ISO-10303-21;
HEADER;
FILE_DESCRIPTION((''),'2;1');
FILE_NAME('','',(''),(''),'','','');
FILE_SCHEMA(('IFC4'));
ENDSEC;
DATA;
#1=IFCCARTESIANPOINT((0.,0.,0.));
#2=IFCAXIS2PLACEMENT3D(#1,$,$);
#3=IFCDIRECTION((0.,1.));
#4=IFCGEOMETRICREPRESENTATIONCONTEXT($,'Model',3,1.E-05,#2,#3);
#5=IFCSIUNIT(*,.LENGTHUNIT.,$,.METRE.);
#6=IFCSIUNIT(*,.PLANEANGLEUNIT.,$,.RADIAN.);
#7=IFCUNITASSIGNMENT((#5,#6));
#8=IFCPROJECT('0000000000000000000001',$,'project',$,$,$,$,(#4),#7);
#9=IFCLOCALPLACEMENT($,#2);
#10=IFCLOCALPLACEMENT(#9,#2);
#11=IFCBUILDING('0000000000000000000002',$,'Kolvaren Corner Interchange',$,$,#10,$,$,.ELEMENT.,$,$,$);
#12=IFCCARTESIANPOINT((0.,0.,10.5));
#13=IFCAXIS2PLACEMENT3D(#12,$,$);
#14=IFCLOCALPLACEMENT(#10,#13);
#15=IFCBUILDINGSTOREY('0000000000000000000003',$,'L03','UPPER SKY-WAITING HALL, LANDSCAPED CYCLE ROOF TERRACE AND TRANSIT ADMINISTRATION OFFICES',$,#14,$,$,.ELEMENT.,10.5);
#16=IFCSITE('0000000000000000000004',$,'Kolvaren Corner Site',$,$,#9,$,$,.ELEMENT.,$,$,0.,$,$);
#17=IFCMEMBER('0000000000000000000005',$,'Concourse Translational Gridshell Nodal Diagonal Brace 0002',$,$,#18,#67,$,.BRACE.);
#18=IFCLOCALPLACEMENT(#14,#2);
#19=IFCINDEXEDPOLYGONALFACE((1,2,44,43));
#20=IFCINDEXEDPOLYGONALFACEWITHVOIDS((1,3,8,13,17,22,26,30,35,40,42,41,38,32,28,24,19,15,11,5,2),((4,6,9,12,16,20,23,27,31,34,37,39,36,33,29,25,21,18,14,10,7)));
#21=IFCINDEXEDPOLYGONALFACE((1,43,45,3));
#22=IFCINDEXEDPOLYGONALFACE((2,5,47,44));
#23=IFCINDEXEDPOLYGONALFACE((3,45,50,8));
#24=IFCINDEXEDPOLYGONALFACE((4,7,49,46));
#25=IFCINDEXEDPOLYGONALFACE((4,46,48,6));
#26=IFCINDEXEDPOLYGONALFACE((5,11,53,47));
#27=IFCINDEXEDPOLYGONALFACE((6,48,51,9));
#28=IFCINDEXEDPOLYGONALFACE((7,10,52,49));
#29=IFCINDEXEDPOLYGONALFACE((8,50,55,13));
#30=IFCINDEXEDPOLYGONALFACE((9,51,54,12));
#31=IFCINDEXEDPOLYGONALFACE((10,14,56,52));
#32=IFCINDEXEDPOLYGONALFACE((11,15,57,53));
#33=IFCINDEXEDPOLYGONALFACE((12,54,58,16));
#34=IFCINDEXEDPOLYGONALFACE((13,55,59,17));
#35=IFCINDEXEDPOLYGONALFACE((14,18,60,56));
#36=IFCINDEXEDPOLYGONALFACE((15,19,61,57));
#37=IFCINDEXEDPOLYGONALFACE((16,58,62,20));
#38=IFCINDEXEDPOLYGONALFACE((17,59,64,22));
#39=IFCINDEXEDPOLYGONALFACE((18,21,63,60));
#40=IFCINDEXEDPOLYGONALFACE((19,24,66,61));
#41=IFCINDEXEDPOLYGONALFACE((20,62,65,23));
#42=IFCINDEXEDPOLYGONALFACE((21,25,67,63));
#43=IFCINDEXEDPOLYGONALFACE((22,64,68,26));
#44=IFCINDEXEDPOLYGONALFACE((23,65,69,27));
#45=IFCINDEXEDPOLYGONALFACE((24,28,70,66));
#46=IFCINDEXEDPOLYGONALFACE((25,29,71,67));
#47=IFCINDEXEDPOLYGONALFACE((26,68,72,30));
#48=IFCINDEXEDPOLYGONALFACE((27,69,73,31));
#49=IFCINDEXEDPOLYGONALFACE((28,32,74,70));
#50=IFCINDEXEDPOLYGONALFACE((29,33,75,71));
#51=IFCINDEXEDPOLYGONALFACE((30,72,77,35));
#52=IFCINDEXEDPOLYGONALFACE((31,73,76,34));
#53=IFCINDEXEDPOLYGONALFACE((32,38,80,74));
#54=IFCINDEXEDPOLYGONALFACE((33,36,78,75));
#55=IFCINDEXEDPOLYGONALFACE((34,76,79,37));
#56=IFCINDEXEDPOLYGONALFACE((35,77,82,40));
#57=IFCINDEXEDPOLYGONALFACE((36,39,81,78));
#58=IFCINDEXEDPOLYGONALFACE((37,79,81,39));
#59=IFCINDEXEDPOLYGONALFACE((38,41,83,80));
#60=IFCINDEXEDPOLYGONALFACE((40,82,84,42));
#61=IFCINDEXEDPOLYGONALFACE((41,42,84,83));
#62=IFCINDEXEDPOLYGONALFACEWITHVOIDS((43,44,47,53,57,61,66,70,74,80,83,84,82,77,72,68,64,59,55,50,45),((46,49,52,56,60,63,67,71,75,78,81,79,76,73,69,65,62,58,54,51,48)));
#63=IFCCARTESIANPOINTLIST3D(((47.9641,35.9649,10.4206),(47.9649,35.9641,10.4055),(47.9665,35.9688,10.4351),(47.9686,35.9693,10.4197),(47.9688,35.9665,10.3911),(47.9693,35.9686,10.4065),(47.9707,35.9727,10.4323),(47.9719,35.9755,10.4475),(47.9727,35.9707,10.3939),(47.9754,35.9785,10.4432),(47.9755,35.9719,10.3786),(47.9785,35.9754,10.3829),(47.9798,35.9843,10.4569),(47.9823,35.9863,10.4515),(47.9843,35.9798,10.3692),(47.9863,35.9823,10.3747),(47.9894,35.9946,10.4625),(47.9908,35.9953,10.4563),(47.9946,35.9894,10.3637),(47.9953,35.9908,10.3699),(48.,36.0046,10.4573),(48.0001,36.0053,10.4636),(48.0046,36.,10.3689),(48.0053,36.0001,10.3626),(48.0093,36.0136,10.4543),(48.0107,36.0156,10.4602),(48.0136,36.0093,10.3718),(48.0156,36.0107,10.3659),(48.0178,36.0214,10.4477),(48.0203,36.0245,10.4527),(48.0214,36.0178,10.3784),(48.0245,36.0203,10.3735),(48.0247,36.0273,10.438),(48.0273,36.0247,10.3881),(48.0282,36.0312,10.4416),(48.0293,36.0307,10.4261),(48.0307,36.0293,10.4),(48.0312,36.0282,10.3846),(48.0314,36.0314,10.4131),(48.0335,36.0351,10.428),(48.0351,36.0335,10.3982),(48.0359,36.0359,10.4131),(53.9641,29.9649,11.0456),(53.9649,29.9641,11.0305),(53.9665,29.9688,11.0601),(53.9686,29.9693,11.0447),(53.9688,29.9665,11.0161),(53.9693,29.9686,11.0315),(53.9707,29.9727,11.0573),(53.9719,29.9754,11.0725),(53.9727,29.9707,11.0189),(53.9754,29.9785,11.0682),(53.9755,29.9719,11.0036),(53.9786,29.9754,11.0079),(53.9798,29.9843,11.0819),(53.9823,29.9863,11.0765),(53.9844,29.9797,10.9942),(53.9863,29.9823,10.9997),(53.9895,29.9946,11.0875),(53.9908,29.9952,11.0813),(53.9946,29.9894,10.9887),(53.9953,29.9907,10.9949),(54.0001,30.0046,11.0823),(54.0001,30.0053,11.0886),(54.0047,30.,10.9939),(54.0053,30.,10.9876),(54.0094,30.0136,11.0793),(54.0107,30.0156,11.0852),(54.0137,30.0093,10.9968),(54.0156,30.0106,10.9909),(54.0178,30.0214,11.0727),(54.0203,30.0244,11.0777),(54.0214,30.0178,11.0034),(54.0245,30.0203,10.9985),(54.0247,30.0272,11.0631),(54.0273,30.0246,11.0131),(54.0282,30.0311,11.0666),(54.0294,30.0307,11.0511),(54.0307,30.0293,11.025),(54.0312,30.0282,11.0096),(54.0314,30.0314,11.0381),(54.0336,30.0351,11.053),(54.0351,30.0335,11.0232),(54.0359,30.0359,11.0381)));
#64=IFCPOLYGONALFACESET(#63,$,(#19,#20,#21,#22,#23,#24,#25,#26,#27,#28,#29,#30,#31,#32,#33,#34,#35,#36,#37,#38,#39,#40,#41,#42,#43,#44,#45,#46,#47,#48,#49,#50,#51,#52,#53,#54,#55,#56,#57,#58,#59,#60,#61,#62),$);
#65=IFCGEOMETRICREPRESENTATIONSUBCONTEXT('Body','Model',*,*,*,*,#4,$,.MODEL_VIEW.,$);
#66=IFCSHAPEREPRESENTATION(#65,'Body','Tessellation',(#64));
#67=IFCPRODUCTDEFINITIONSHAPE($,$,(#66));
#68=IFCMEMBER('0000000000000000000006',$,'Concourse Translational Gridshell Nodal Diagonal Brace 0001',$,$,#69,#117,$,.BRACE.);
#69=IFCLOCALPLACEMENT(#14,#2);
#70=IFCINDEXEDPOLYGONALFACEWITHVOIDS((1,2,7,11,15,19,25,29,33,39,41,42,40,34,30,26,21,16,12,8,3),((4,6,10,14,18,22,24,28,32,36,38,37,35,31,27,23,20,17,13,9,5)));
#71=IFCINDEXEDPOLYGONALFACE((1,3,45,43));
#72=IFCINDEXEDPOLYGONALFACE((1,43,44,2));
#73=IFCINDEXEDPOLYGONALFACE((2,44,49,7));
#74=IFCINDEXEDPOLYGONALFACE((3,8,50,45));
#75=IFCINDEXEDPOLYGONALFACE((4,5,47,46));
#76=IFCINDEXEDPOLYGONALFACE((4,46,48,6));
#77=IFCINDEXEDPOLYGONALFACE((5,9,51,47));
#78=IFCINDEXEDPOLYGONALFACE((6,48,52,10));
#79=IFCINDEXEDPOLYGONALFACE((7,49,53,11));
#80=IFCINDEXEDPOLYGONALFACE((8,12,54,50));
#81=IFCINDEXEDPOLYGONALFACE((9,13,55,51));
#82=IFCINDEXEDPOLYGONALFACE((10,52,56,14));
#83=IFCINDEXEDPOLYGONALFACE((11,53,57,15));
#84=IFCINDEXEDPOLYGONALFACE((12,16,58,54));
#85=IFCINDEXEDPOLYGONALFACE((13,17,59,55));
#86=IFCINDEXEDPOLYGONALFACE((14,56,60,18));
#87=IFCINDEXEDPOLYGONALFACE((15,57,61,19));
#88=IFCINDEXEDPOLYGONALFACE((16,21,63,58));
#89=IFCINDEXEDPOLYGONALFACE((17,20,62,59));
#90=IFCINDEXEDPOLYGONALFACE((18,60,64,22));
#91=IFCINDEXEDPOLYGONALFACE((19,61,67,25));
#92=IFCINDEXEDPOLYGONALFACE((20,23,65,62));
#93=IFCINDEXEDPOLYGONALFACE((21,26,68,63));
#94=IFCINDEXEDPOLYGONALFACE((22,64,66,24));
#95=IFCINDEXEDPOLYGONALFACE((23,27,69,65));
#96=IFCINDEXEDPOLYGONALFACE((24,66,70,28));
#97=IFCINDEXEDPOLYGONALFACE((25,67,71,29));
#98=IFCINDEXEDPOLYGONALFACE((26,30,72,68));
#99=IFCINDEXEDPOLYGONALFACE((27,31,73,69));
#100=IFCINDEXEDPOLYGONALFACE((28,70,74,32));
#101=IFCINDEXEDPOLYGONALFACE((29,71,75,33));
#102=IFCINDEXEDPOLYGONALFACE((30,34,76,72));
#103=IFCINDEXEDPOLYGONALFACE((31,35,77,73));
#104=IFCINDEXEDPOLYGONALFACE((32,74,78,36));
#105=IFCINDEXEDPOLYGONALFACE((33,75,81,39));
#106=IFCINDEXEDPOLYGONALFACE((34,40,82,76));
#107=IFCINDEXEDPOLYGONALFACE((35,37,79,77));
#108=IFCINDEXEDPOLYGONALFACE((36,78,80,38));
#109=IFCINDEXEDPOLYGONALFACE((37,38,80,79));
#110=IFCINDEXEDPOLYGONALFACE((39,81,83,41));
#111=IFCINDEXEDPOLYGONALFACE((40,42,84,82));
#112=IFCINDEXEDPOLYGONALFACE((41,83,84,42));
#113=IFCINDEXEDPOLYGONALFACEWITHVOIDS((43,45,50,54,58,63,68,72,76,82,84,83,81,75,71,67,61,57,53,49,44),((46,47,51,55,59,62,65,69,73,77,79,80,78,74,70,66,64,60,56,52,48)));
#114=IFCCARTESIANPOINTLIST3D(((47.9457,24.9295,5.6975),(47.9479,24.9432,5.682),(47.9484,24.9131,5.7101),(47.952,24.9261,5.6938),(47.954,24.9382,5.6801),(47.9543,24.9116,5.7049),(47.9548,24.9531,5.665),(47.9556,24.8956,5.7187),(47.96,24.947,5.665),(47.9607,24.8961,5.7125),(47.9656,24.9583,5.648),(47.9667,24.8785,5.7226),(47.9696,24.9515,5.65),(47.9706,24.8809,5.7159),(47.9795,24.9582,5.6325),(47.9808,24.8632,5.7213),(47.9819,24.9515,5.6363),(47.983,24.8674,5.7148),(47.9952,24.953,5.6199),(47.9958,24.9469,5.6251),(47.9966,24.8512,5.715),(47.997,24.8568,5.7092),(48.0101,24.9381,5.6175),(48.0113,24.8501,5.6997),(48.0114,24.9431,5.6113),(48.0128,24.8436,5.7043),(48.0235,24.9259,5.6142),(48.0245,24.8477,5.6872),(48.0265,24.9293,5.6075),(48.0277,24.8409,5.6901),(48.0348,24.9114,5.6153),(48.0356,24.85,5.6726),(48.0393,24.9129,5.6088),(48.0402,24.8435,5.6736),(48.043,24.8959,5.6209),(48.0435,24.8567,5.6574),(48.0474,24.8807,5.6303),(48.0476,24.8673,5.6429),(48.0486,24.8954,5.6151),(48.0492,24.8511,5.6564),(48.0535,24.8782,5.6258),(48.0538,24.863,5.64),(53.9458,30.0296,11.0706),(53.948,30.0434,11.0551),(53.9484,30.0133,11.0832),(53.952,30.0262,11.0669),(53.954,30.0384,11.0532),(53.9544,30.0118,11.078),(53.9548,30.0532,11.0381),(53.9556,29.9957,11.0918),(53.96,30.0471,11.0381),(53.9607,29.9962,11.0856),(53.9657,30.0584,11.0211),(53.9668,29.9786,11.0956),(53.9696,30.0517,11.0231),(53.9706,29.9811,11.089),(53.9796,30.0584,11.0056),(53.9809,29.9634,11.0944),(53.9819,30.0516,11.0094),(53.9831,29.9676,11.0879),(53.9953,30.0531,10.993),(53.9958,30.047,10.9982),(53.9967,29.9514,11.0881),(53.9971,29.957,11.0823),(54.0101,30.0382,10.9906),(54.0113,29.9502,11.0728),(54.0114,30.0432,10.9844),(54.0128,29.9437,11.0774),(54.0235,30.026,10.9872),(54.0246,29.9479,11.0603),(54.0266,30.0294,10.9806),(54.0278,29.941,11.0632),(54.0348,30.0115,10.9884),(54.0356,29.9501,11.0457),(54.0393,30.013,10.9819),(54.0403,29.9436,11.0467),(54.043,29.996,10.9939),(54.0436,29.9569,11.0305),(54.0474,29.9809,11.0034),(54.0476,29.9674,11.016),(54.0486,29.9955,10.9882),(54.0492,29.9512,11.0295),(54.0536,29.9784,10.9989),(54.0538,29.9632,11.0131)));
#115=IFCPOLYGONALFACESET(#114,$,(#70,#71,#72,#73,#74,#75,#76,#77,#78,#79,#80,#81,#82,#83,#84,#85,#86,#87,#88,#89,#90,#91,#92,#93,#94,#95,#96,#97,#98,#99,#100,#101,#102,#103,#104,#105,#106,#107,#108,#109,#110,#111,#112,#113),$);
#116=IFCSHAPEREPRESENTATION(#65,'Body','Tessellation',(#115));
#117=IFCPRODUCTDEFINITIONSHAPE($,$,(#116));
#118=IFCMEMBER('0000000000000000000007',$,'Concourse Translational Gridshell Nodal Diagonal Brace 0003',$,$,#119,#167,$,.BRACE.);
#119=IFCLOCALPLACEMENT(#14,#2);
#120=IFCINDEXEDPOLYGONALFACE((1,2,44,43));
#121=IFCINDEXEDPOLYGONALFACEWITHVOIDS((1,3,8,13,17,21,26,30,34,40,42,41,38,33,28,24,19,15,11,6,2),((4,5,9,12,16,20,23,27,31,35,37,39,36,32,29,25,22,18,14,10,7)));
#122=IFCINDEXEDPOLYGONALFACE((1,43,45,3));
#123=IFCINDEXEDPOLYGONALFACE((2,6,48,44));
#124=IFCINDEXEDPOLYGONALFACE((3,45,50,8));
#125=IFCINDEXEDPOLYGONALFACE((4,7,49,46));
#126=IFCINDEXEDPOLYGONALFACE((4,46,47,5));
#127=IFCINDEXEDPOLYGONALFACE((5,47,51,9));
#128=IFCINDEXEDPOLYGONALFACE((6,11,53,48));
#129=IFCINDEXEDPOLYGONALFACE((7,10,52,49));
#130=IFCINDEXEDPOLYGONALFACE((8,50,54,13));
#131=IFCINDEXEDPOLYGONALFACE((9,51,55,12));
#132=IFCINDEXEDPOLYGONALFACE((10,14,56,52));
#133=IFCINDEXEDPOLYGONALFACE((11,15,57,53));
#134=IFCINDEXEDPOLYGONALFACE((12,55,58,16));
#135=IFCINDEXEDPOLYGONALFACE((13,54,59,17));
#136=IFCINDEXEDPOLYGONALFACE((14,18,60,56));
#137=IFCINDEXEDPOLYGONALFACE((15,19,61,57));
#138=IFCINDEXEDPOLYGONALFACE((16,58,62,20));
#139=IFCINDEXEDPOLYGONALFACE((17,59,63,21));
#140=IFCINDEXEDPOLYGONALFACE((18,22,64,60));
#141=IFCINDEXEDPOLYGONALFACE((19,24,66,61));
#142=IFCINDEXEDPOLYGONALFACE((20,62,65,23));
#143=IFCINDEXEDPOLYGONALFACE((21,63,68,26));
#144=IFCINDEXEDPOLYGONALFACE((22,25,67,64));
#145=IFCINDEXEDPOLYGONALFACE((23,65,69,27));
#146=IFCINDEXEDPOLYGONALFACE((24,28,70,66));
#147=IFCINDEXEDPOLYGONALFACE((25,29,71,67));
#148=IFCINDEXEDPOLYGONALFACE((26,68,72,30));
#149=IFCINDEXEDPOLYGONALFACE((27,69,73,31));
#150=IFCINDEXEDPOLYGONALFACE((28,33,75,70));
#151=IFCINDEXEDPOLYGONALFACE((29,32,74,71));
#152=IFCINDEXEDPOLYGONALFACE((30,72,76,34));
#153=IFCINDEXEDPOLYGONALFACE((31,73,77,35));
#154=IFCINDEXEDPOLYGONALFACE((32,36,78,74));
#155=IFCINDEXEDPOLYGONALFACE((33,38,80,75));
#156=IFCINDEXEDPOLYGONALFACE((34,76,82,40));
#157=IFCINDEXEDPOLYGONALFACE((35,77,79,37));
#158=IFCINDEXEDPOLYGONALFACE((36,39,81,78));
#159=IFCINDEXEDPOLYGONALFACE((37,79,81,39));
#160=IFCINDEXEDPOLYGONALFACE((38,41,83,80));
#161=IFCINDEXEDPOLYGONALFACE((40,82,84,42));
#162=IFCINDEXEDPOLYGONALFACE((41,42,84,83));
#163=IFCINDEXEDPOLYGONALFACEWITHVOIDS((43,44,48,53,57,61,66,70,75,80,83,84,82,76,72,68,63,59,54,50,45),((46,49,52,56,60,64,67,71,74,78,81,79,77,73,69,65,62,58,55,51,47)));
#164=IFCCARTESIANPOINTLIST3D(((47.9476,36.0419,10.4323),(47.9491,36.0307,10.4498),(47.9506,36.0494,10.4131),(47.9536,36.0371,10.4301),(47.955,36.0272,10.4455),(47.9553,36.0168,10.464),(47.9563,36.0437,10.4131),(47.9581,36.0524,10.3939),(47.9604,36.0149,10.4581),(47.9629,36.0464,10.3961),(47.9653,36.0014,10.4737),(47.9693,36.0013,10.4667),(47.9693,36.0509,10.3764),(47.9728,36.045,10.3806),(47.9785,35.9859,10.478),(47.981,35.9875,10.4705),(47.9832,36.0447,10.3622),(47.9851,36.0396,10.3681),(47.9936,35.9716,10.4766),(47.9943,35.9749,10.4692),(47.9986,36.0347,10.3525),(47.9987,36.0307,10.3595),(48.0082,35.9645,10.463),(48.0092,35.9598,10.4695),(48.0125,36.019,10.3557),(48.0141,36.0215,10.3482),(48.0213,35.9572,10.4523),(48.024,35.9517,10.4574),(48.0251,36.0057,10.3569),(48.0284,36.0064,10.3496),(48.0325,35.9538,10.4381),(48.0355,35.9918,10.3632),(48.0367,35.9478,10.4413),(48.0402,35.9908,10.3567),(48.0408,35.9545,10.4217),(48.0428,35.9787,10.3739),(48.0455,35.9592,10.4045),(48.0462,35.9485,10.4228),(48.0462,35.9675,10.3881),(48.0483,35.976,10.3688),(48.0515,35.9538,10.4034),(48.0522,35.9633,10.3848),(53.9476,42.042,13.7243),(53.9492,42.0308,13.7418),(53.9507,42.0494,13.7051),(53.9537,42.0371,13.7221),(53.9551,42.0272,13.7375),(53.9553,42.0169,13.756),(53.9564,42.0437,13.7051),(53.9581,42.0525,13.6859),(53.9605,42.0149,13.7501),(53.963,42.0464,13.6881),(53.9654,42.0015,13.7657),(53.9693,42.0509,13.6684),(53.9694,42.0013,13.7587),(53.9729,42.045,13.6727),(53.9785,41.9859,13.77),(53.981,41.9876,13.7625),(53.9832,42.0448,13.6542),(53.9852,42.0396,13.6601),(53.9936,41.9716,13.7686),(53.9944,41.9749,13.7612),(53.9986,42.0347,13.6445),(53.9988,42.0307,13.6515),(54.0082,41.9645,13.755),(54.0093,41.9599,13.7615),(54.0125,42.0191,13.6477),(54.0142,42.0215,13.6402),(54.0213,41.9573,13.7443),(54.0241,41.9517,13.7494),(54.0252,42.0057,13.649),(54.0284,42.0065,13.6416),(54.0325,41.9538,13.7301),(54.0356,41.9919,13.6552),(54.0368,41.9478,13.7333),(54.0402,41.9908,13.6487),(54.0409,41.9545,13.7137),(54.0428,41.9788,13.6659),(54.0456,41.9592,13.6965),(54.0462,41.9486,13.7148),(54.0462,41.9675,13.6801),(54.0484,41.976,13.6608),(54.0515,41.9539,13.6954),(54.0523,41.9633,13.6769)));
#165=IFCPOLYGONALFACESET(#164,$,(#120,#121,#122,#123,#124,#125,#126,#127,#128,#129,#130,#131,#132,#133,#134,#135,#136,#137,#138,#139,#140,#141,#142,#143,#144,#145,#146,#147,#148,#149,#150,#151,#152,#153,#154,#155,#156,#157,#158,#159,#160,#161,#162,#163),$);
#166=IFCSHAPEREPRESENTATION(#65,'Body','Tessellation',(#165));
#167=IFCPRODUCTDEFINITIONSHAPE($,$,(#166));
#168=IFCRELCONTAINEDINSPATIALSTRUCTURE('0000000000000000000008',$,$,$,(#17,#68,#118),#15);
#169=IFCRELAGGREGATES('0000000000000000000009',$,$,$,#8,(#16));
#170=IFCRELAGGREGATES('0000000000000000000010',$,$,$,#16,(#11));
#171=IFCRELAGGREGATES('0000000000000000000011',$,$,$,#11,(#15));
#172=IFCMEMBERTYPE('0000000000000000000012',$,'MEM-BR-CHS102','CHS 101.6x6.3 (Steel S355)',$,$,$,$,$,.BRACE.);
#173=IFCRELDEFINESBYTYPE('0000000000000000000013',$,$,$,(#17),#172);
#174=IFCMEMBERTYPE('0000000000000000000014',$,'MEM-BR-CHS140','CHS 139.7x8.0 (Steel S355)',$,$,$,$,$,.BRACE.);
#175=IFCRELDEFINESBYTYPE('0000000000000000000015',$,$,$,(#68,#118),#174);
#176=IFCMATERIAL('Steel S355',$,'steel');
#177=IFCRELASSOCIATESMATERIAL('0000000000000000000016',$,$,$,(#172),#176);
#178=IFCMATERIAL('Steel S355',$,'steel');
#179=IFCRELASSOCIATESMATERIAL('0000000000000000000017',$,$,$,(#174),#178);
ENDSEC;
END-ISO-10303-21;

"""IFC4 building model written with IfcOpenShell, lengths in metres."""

from ifc_helpers import new_model, si_unit, direction, frame, origin, origin_2d, place, context, subcontext, project, spatial, hollow_circle, extrude, material, material_profile, profile_set, type_object, element, save


model = new_model("IFC4")

# Units and contexts
model_context = context("Model", 3, precision=1e-05, world=origin(), true_north=direction((0.0, 1.0)))
body_context = subcontext(model_context, "Body", "Model", "MODEL_VIEW")
ifc_project = project(units=[si_unit("LENGTHUNIT", "METRE"), si_unit("PLANEANGLEUNIT", "RADIAN")], contexts=[model_context])

# Site, building, storey
site_placement = place(None, origin())
site = spatial("IfcSite", under=ifc_project, at=site_placement, Name="Kolvaren Corner Site", CompositionType="ELEMENT", RefElevation=0.0)
building_placement = place(site_placement, origin())
building = spatial("IfcBuilding", under=site, at=building_placement, Name="Kolvaren Corner Interchange", CompositionType="ELEMENT")
storey_placement = place(building_placement, frame((0.0, 0.0, 10.5)))
storey = spatial("IfcBuildingStorey", under=building, at=storey_placement, Name="L03", Description="UPPER SKY-WAITING HALL, LANDSCAPED CYCLE ROOF TERRACE AND TRANSIT ADMINISTRATION OFFICES", CompositionType="ELEMENT", Elevation=10.5)

# Members
ifc_material_1 = material(Name="Steel S355", Category="steel")
ifc_material_profile_1 = material_profile(ifc_material_1, hollow_circle(Radius=0.0508, WallThickness=0.0063, at=origin_2d()), Name="CHS 101.6x6.3")
ifc_profile_set_1 = profile_set([ifc_material_profile_1], Name="Steel S355")
member_type_1 = type_object("IfcMemberType", Name="MEM-BR-CHS102", Description="CHS 101.6x6.3 (Steel S355)", PredefinedType="BRACE", material=ifc_profile_set_1)
member_1_placement = place(storey_placement, frame((48.0, 36.0, 10.4131), z_axis=(0.705196, -0.705196, 0.073458), x_axis=(0.707107, 0.707107, 0.0)))
element("IfcMember", 1, at=member_1_placement, inside=storey, type_object=member_type_1, Name="Concourse Translational Gridshell Nodal Diagonal Brace 0002", PredefinedType="BRACE", context=body_context, shape_type="SweptSolid", body=[
    extrude(hollow_circle(Radius=0.0508, WallThickness=0.0063, at=origin_2d()), origin(), (0.0, 0.0, 1.0), 8.5083),
])
ifc_material_2 = material(Name="Steel S355", Category="steel")
ifc_material_profile_2 = material_profile(ifc_material_2, hollow_circle(Radius=0.0698, WallThickness=0.0081, at=origin_2d()), Name="CHS 139.7x8.0")
ifc_profile_set_2 = profile_set([ifc_material_profile_2], Name="Steel S355")
member_type_2 = type_object("IfcMemberType", Name="MEM-BR-CHS140", Description="CHS 139.7x8.0 (Steel S355)", PredefinedType="BRACE", material=ifc_profile_set_2)
member_2_placement = place(storey_placement, frame((48.0, 24.8999, 5.665), z_axis=(0.629384, 0.534987, 0.563618), x_axis=(-0.647656, 0.761933, 0.0)))
element("IfcMember", 2, at=member_2_placement, inside=storey, type_object=member_type_2, Name="Concourse Translational Gridshell Nodal Diagonal Brace 0001", PredefinedType="BRACE", context=body_context, shape_type="SweptSolid", body=[
    extrude(hollow_circle(Radius=0.0698, WallThickness=0.0081, at=origin_2d()), origin(), (0.0, 0.0, 1.0), 9.5332),
])
member_3_placement = place(storey_placement, frame((48.0, 36.0, 10.4131), z_axis=(0.659232, 0.659232, 0.361698), x_axis=(-0.707107, 0.707107, 0.0)))
element("IfcMember", 3, at=member_3_placement, inside=storey, type_object=member_type_2, Name="Concourse Translational Gridshell Nodal Diagonal Brace 0003", PredefinedType="BRACE", context=body_context, shape_type="SweptSolid", body=[
    extrude(hollow_circle(Radius=0.0698, WallThickness=0.0081, at=origin_2d()), origin(), (0.0, 0.0, 1.0), 9.1016),
])

save(model, "model.ifc")
